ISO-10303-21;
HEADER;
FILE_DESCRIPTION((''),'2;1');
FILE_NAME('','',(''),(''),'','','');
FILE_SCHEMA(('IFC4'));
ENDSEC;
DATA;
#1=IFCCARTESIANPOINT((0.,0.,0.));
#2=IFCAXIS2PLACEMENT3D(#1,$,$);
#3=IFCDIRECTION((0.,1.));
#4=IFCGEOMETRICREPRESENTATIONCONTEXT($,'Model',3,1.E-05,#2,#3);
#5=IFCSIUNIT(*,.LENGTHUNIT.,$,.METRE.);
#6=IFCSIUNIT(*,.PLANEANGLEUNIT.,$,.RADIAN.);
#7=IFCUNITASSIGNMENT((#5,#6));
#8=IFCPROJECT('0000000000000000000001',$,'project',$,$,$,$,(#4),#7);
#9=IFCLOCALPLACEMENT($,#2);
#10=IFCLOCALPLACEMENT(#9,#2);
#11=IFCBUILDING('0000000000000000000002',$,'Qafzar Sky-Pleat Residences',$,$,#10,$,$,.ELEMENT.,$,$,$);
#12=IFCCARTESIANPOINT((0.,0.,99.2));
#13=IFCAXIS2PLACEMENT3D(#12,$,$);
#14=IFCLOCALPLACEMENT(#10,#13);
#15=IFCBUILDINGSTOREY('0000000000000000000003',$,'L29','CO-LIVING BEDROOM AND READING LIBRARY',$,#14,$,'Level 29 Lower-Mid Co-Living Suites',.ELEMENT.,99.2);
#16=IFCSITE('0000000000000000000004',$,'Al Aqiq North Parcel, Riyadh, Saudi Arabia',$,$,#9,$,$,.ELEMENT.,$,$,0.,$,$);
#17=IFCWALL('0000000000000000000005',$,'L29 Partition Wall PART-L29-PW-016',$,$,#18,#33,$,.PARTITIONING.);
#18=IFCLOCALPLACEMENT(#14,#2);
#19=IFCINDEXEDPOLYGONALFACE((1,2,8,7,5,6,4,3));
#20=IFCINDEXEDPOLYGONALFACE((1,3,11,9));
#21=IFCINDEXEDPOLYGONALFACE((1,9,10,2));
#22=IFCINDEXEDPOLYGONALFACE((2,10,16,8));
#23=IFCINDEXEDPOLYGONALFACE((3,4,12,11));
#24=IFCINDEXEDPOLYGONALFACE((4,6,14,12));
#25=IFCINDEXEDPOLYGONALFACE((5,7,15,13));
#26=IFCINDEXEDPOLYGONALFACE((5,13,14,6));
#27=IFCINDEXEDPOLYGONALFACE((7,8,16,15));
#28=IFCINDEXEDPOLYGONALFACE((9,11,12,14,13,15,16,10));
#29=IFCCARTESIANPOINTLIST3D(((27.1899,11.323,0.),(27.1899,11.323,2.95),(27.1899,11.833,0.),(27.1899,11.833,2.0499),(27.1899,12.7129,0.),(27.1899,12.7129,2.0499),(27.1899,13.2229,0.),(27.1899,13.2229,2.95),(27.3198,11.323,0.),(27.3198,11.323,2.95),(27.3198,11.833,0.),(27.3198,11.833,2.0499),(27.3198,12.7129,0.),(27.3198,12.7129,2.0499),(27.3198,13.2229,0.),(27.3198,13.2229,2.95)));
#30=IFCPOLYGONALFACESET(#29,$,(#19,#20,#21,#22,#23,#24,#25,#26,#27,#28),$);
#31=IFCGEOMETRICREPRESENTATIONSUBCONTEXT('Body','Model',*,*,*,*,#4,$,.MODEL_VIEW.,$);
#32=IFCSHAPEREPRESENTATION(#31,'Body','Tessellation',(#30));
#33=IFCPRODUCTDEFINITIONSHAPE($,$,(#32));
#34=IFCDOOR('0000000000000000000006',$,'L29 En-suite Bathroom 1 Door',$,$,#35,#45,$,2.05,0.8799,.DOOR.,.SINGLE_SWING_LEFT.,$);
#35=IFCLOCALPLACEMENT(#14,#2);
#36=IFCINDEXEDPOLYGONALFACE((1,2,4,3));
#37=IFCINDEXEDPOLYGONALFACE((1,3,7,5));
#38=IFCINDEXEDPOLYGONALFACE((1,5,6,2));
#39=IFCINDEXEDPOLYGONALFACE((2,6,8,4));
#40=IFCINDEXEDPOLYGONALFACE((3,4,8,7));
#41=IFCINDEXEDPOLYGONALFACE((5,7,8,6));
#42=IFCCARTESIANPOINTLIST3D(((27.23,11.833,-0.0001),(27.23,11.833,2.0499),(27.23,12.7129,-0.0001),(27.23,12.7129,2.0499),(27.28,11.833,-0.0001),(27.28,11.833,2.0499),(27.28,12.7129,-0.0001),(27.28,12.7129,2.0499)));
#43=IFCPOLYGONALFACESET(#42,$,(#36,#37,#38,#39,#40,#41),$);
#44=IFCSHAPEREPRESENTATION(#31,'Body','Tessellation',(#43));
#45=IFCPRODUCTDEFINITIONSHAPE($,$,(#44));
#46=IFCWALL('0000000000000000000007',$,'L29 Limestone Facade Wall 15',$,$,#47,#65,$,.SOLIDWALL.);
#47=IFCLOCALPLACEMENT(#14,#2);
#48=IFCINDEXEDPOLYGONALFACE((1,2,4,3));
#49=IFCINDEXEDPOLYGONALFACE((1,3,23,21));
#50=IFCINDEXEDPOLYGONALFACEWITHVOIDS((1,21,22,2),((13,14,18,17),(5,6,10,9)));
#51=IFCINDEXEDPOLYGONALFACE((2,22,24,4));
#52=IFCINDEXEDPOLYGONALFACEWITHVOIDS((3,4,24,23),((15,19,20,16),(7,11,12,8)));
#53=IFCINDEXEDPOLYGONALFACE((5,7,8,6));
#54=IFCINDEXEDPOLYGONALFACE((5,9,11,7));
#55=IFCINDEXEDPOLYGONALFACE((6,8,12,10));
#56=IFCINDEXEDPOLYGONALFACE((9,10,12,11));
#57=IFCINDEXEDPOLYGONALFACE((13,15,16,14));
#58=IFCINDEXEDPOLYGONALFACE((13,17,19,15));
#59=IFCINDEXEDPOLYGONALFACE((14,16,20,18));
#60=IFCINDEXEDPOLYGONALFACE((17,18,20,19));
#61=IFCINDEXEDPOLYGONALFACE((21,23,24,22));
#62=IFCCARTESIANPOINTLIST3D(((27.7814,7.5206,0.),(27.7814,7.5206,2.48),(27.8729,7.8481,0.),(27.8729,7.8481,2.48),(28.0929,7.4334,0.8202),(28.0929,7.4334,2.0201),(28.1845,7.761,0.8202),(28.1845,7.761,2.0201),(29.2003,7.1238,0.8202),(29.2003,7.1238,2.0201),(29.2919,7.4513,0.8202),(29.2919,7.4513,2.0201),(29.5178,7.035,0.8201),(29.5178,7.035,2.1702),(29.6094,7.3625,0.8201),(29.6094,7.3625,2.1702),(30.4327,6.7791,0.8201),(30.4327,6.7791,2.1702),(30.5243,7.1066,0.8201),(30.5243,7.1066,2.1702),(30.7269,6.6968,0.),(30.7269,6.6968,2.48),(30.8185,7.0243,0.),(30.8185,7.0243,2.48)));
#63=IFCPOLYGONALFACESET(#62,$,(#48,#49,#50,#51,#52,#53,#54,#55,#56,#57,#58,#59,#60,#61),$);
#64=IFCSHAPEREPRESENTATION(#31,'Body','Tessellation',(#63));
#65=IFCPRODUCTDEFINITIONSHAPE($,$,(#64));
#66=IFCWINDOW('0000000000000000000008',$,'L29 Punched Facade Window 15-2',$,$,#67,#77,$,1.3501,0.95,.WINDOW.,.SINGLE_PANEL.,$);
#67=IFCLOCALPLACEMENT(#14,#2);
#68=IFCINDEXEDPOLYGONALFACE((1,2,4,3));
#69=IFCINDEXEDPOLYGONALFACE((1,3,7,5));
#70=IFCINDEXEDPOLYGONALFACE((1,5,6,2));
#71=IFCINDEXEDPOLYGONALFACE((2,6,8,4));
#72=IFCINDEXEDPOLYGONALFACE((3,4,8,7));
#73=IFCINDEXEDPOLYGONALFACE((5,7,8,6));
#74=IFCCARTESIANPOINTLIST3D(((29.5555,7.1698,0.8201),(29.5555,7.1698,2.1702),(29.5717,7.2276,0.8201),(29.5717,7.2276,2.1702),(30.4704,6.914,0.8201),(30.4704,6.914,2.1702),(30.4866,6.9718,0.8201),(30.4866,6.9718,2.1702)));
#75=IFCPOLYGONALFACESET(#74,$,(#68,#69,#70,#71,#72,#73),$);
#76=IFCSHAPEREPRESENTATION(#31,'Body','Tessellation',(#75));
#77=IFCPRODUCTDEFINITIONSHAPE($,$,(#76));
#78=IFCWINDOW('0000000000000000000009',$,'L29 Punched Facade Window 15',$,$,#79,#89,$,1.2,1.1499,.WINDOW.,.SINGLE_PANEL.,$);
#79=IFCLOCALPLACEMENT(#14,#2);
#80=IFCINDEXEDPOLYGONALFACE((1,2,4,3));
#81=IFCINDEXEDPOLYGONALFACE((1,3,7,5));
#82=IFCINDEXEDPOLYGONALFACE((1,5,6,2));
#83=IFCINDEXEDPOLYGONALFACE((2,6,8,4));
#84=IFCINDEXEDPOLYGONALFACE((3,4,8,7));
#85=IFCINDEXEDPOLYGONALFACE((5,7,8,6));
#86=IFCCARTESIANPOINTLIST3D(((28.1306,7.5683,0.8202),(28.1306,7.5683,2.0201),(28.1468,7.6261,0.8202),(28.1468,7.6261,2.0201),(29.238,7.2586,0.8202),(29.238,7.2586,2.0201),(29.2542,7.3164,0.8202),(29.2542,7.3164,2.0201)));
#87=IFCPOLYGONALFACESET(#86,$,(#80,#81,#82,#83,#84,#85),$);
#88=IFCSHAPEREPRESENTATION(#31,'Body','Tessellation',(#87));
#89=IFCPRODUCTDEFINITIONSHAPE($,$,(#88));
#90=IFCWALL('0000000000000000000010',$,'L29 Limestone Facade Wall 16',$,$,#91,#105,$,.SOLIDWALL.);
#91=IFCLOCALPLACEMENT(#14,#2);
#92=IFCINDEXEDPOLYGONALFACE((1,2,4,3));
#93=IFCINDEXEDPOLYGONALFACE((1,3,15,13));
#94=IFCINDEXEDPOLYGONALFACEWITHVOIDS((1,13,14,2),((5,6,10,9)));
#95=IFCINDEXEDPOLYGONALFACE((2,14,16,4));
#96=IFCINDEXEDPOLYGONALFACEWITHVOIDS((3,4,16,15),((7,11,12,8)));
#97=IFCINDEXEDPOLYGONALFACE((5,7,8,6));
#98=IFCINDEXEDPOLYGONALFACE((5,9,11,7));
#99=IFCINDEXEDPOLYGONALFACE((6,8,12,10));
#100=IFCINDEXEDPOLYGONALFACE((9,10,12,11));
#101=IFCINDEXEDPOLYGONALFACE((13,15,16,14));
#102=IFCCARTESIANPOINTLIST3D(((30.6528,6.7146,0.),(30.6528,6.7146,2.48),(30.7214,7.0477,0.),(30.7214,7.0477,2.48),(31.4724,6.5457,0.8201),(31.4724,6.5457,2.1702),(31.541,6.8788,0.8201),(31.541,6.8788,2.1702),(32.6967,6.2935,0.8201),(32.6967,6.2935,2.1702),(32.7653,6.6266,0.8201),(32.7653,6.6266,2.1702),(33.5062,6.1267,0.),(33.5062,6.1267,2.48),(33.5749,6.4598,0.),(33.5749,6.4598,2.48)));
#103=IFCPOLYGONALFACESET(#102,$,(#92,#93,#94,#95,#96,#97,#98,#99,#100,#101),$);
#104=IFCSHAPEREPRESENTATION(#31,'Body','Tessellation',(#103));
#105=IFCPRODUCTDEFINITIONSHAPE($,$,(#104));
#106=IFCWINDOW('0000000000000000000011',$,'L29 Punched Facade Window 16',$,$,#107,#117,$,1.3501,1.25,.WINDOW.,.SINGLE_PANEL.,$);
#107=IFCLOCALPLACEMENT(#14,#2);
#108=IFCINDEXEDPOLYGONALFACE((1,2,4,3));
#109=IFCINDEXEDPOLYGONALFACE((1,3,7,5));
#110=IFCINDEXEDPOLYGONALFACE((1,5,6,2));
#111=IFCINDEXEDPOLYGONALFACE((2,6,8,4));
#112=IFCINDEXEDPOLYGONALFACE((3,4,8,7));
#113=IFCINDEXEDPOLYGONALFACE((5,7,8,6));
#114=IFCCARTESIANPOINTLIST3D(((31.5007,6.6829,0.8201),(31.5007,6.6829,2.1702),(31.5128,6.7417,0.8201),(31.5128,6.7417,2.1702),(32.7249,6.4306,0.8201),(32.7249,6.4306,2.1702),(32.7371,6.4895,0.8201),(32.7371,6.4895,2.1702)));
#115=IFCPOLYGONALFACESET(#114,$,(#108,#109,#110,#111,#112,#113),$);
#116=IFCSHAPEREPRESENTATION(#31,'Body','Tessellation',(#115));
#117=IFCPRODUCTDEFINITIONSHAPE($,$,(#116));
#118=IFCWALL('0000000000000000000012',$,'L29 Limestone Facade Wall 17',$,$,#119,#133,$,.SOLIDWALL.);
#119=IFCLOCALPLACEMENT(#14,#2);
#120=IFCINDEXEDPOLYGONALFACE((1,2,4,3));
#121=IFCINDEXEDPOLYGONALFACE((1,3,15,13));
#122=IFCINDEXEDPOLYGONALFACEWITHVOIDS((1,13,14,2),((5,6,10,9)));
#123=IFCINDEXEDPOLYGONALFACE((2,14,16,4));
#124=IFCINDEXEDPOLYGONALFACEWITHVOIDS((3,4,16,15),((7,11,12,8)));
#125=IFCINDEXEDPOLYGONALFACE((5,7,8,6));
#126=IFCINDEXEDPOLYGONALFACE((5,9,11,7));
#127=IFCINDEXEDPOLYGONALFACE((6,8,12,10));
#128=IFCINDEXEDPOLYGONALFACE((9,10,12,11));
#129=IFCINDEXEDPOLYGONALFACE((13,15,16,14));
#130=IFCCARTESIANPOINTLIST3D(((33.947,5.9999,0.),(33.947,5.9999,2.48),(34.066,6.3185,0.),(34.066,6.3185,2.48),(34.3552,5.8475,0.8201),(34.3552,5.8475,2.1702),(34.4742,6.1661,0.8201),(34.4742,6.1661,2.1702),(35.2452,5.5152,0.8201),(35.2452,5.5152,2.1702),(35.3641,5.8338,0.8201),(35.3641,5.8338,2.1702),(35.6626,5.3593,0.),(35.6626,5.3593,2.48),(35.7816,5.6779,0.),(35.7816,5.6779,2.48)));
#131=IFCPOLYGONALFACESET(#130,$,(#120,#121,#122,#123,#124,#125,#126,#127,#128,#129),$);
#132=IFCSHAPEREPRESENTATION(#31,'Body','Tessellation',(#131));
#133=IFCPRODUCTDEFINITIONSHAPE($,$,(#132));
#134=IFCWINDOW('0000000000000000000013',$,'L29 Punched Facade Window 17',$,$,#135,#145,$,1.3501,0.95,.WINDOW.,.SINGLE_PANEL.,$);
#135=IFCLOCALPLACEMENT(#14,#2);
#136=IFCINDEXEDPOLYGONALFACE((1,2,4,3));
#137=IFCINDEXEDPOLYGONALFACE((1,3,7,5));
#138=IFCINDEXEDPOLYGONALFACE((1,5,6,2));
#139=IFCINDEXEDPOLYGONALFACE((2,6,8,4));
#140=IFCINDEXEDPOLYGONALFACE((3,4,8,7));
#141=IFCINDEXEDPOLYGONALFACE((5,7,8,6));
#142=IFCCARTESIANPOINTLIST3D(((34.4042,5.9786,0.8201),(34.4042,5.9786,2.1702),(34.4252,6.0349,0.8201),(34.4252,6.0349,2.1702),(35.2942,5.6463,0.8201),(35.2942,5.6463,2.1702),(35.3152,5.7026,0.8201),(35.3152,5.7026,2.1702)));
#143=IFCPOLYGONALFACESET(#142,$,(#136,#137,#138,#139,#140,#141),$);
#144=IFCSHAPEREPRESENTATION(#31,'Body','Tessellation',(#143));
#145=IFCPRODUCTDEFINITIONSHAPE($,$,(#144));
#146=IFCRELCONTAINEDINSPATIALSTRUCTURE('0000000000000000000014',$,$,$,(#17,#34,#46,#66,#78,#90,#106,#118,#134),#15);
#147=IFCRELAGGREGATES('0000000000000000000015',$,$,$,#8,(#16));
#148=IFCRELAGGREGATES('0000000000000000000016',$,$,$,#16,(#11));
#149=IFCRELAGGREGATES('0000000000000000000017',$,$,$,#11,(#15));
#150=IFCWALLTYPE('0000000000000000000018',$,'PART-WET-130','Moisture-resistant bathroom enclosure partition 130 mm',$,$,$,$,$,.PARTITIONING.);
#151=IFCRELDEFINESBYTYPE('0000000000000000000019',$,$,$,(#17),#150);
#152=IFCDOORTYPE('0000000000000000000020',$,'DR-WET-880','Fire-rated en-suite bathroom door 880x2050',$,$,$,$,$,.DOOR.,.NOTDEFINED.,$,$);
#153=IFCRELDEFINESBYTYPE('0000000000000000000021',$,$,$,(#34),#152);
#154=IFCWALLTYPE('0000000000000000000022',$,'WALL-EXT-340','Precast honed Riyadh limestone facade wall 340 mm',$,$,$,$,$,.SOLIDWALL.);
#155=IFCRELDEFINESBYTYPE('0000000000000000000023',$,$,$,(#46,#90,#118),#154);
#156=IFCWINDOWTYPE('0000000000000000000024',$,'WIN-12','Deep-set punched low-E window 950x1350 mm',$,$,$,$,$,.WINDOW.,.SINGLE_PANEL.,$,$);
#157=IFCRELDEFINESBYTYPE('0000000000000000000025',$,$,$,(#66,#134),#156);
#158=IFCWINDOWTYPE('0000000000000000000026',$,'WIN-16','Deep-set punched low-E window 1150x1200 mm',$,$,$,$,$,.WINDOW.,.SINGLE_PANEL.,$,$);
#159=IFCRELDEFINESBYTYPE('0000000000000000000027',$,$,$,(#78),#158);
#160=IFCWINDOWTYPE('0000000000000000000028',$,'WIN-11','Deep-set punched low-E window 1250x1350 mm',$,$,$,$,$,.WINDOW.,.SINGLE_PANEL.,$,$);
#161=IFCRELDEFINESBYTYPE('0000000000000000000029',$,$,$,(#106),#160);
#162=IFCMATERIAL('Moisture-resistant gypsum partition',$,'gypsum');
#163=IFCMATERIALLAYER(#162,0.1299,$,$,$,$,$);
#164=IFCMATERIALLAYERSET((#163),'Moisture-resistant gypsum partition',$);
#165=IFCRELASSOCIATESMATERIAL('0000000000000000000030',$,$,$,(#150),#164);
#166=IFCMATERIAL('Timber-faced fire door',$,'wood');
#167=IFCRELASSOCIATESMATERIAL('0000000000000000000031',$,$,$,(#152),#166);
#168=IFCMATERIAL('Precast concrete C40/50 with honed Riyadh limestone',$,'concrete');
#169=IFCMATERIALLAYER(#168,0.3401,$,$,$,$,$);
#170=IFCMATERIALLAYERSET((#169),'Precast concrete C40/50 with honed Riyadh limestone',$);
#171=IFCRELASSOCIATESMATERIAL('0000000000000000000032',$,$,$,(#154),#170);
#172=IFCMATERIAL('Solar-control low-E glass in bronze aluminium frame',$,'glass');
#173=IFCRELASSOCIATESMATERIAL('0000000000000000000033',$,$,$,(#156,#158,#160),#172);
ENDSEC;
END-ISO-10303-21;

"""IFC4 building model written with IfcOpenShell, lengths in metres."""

from ifc_helpers import new_model, si_unit, direction, frame, frame_2d, origin, place, context, subcontext, project, spatial, rectangle, extrude, source, transform, mapped, material, layer, layer_set, type_object, element, fill, save


model = new_model("IFC4")

# Units and contexts
model_context = context("Model", 3, precision=1e-05, world=origin(), true_north=direction((0.0, 1.0)))
body_context = subcontext(model_context, "Body", "Model", "MODEL_VIEW")
ifc_project = project(units=[si_unit("LENGTHUNIT", "METRE"), si_unit("PLANEANGLEUNIT", "RADIAN")], contexts=[model_context])

# Site, building, storey
site_placement = place(None, origin())
site = spatial("IfcSite", under=ifc_project, at=site_placement, Name="Al Aqiq North Parcel, Riyadh, Saudi Arabia", CompositionType="ELEMENT", RefElevation=0.0)
building_placement = place(site_placement, origin())
building = spatial("IfcBuilding", under=site, at=building_placement, Name="Qafzar Sky-Pleat Residences", CompositionType="ELEMENT")
storey_placement = place(building_placement, frame((0.0, 0.0, 99.2)))
storey = spatial("IfcBuildingStorey", under=building, at=storey_placement, Name="L29", Description="CO-LIVING BEDROOM AND READING LIBRARY", LongName="Level 29 Lower-Mid Co-Living Suites", CompositionType="ELEMENT", Elevation=99.2)

# Shared definitions
ifc_material_1 = material(Name="Timber-faced fire door", Category="wood")

# Wall, opening, door
ifc_material_2 = material(Name="Moisture-resistant gypsum partition", Category="gypsum")
ifc_layer_1 = layer(ifc_material_2, 0.1299)
ifc_layer_set_1 = layer_set([ifc_layer_1], Name="Moisture-resistant gypsum partition")
wall_type_1 = type_object("IfcWallType", Name="PART-WET-130", Description="Moisture-resistant bathroom enclosure partition 130 mm", PredefinedType="PARTITIONING", material=ifc_layer_set_1)
wall_1_placement = place(storey_placement, frame((27.2549, 11.323, 0.0), z_axis=(0.0, 0.0, 1.0), x_axis=(0.0, 1.0, 0.0)))
wall_1 = element("IfcWall", 1, at=wall_1_placement, inside=storey, type_object=wall_type_1, Name="L29 Partition Wall PART-L29-PW-016", PredefinedType="PARTITIONING", context=body_context, shape_type="SweptSolid", body=[
    extrude(rectangle(XDim=1.8999, YDim=0.1299, at=frame_2d((0.95, 0.0))), origin(), (0.0, 0.0, 1.0), 2.95),
])
opening_1_placement = place(wall_1_placement, frame((0.51, 0.0, 0.0)))
opening_1 = element("IfcOpeningElement", 2, at=opening_1_placement, cuts=wall_1, PredefinedType="OPENING", context=body_context, shape_type="SweptSolid", body=[
    extrude(rectangle(XDim=0.8799, YDim=2.05, at=frame_2d((0.4399, 1.0249))), frame((0.0, 0.075, 0.0), z_axis=(0.0, -1.0, 0.0), x_axis=(1.0, 0.0, 0.0)), (0.0, 0.0, 1.0), 0.1499),
])
door_type_1 = type_object("IfcDoorType", Name="DR-WET-880", Description="Fire-rated en-suite bathroom door 880x2050", OperationType="NOTDEFINED", PredefinedType="DOOR", material=ifc_material_1)
shared_shape_1 = source(origin(), body_context, "Body", "SweptSolid", [
    extrude(rectangle(XDim=0.8799, YDim=2.05, at=frame_2d((0.4399, 1.0249))), frame((0.0, 0.0249, 0.0), z_axis=(0.0, -1.0, 0.0), x_axis=(1.0, 0.0, 0.0)), (0.0, 0.0, 1.0), 0.05),
])
door_1_placement = place(opening_1_placement, origin())
door_1 = element("IfcDoor", 3, at=door_1_placement, inside=storey, type_object=door_type_1, Name="L29 En-suite Bathroom 1 Door", OperationType="SINGLE_SWING_LEFT", OverallHeight=2.05, OverallWidth=0.8799, PredefinedType="DOOR", context=body_context, shape_type="MappedRepresentation", body=[
    mapped(shared_shape_1, transform((0.0, 0.0, 0.0), x_axis=(1.0, 0.0, 0.0), y_axis=(0.0, 1.0, 0.0), z_axis=(0.0, 0.0, 1.0), scale=1.0)),
])
fill(opening_1, door_1)

# Wall, openings, windows
ifc_material_3 = material(Name="Precast concrete C40/50 with honed Riyadh limestone", Category="concrete")
ifc_layer_2 = layer(ifc_material_3, 0.3401)
ifc_layer_set_2 = layer_set([ifc_layer_2], Name="Precast concrete C40/50 with honed Riyadh limestone")
wall_type_2 = type_object("IfcWallType", Name="WALL-EXT-340", Description="Precast honed Riyadh limestone facade wall 340 mm", PredefinedType="SOLIDWALL", material=ifc_layer_set_2)
wall_2_placement = place(storey_placement, frame((27.8271, 7.6843, 0.0), z_axis=(0.0, 0.0, 1.0), x_axis=(0.963051, -0.269319, 0.0)))
wall_2 = element("IfcWall", 4, at=wall_2_placement, inside=storey, type_object=wall_type_2, Name="L29 Limestone Facade Wall 15", PredefinedType="SOLIDWALL", context=body_context, shape_type="SweptSolid", body=[
    extrude(rectangle(XDim=3.0586, YDim=0.3401, at=frame_2d((1.5293, 0.0))), origin(), (0.0, 0.0, 1.0), 2.48),
])
opening_2_placement = place(wall_2_placement, frame((0.3235, 0.0, 0.8201)))
opening_2 = element("IfcOpeningElement", 5, at=opening_2_placement, cuts=wall_2, PredefinedType="OPENING", context=body_context, shape_type="SweptSolid", body=[
    extrude(rectangle(XDim=1.1499, YDim=1.2, at=frame_2d((0.575, 0.6001))), frame((0.0, 0.1802, 0.0), z_axis=(0.0, -1.0, 0.0), x_axis=(1.0, 0.0, 0.0)), (0.0, 0.0, 1.0), 0.3601),
])
opening_3_placement = place(wall_2_placement, frame((1.803, 0.0, 0.8201)))
opening_3 = element("IfcOpeningElement", 6, at=opening_3_placement, cuts=wall_2, PredefinedType="OPENING", context=body_context, shape_type="SweptSolid", body=[
    extrude(rectangle(XDim=0.95, YDim=1.3501, at=frame_2d((0.4751, 0.675))), frame((0.0, 0.1802, 0.0), z_axis=(0.0, -1.0, 0.0), x_axis=(1.0, 0.0, 0.0)), (0.0, 0.0, 1.0), 0.3601),
])
ifc_material_4 = material(Name="Solar-control low-E glass in bronze aluminium frame", Category="glass")
window_type_1 = type_object("IfcWindowType", Name="WIN-12", Description="Deep-set punched low-E window 950x1350 mm", PartitioningType="SINGLE_PANEL", PredefinedType="WINDOW", material=ifc_material_4)
shared_shape_2 = source(origin(), body_context, "Body", "SweptSolid", [
    extrude(rectangle(XDim=0.95, YDim=1.3501, at=frame_2d((0.4751, 0.675))), frame((0.0, 0.03, 0.0), z_axis=(0.0, -1.0, 0.0), x_axis=(1.0, 0.0, 0.0)), (0.0, 0.0, 1.0), 0.0601),
])
window_1_placement = place(opening_3_placement, origin())
window_1 = element("IfcWindow", 7, at=window_1_placement, inside=storey, type_object=window_type_1, Name="L29 Punched Facade Window 15-2", OverallHeight=1.3501, OverallWidth=0.95, PartitioningType="SINGLE_PANEL", PredefinedType="WINDOW", context=body_context, shape_type="MappedRepresentation", body=[
    mapped(shared_shape_2, transform((0.0, 0.0, 0.0), x_axis=(1.0, 0.0, 0.0), y_axis=(0.0, 1.0, 0.0), z_axis=(0.0, 0.0, 1.0), scale=1.0)),
])
fill(opening_3, window_1)
window_type_2 = type_object("IfcWindowType", Name="WIN-16", Description="Deep-set punched low-E window 1150x1200 mm", PartitioningType="SINGLE_PANEL", PredefinedType="WINDOW", material=ifc_material_4)
shared_shape_3 = source(origin(), body_context, "Body", "SweptSolid", [
    extrude(rectangle(XDim=1.1499, YDim=1.2, at=frame_2d((0.575, 0.6001))), frame((0.0, 0.03, 0.0), z_axis=(0.0, -1.0, 0.0), x_axis=(1.0, 0.0, 0.0)), (0.0, 0.0, 1.0), 0.0601),
])
window_2_placement = place(opening_2_placement, origin())
window_2 = element("IfcWindow", 8, at=window_2_placement, inside=storey, type_object=window_type_2, Name="L29 Punched Facade Window 15", OverallHeight=1.2, OverallWidth=1.1499, PartitioningType="SINGLE_PANEL", PredefinedType="WINDOW", context=body_context, shape_type="MappedRepresentation", body=[
    mapped(shared_shape_3, transform((0.0, 0.0, 0.0), x_axis=(1.0, 0.0, 0.0), y_axis=(0.0, 1.0, 0.0), z_axis=(0.0, 0.0, 1.0), scale=1.0)),
])
fill(opening_2, window_2)

# Walls, openings, windows
wall_3_placement = place(storey_placement, frame((30.6873, 6.8811, 0.0), z_axis=(0.0, 0.0, 1.0), x_axis=(0.97943, -0.201785, 0.0)))
wall_3 = element("IfcWall", 9, at=wall_3_placement, inside=storey, type_object=wall_type_2, Name="L29 Limestone Facade Wall 16", PredefinedType="SOLIDWALL", context=body_context, shape_type="SweptSolid", body=[
    extrude(rectangle(XDim=2.9133, YDim=0.3401, at=frame_2d((1.4565, 0.0))), origin(), (0.0, 0.0, 1.0), 2.48),
])
opening_4_placement = place(wall_3_placement, frame((0.8367, 0.0, 0.8201)))
opening_4 = element("IfcOpeningElement", 10, at=opening_4_placement, cuts=wall_3, PredefinedType="OPENING", context=body_context, shape_type="SweptSolid", body=[
    extrude(rectangle(XDim=1.25, YDim=1.3501, at=frame_2d((0.625, 0.675))), frame((0.0, 0.1802, 0.0), z_axis=(0.0, -1.0, 0.0), x_axis=(1.0, 0.0, 0.0)), (0.0, 0.0, 1.0), 0.3601),
])
window_type_3 = type_object("IfcWindowType", Name="WIN-11", Description="Deep-set punched low-E window 1250x1350 mm", PartitioningType="SINGLE_PANEL", PredefinedType="WINDOW", material=ifc_material_4)
shared_shape_4 = source(origin(), body_context, "Body", "SweptSolid", [
    extrude(rectangle(XDim=1.25, YDim=1.3501, at=frame_2d((0.625, 0.675))), frame((0.0, 0.03, 0.0), z_axis=(0.0, -1.0, 0.0), x_axis=(1.0, 0.0, 0.0)), (0.0, 0.0, 1.0), 0.0601),
])
window_3_placement = place(opening_4_placement, origin())
window_3 = element("IfcWindow", 11, at=window_3_placement, inside=storey, type_object=window_type_3, Name="L29 Punched Facade Window 16", OverallHeight=1.3501, OverallWidth=1.25, PartitioningType="SINGLE_PANEL", PredefinedType="WINDOW", context=body_context, shape_type="MappedRepresentation", body=[
    mapped(shared_shape_4, transform((0.0, 0.0, 0.0), x_axis=(1.0, 0.0, 0.0), y_axis=(0.0, 1.0, 0.0), z_axis=(0.0, 0.0, 1.0), scale=1.0)),
])
fill(opening_4, window_3)
wall_4_placement = place(storey_placement, frame((34.0066, 6.1592, 0.0), z_axis=(0.0, 0.0, 1.0), x_axis=(0.936816, -0.349823, 0.0)))
wall_4 = element("IfcWall", 12, at=wall_4_placement, inside=storey, type_object=wall_type_2, Name="L29 Limestone Facade Wall 17", PredefinedType="SOLIDWALL", context=body_context, shape_type="SweptSolid", body=[
    extrude(rectangle(XDim=1.8313, YDim=0.3401, at=frame_2d((0.9155, 0.0))), origin(), (0.0, 0.0, 1.0), 2.48),
])
opening_5_placement = place(wall_4_placement, frame((0.4355, 0.0, 0.8201)))
opening_5 = element("IfcOpeningElement", 13, at=opening_5_placement, cuts=wall_4, PredefinedType="OPENING", context=body_context, shape_type="SweptSolid", body=[
    extrude(rectangle(XDim=0.95, YDim=1.3501, at=frame_2d((0.4751, 0.675))), frame((0.0, 0.1802, 0.0), z_axis=(0.0, -1.0, 0.0), x_axis=(1.0, 0.0, 0.0)), (0.0, 0.0, 1.0), 0.3601),
])
window_4_placement = place(opening_5_placement, origin())
window_4 = element("IfcWindow", 14, at=window_4_placement, inside=storey, type_object=window_type_1, Name="L29 Punched Facade Window 17", OverallHeight=1.3501, OverallWidth=0.95, PartitioningType="SINGLE_PANEL", PredefinedType="WINDOW", context=body_context, shape_type="MappedRepresentation", body=[
    mapped(shared_shape_2, transform((0.0, 0.0, 0.0), x_axis=(1.0, 0.0, 0.0), y_axis=(0.0, 1.0, 0.0), z_axis=(0.0, 0.0, 1.0), scale=1.0)),
])
fill(opening_5, window_4)

save(model, "model.ifc")
